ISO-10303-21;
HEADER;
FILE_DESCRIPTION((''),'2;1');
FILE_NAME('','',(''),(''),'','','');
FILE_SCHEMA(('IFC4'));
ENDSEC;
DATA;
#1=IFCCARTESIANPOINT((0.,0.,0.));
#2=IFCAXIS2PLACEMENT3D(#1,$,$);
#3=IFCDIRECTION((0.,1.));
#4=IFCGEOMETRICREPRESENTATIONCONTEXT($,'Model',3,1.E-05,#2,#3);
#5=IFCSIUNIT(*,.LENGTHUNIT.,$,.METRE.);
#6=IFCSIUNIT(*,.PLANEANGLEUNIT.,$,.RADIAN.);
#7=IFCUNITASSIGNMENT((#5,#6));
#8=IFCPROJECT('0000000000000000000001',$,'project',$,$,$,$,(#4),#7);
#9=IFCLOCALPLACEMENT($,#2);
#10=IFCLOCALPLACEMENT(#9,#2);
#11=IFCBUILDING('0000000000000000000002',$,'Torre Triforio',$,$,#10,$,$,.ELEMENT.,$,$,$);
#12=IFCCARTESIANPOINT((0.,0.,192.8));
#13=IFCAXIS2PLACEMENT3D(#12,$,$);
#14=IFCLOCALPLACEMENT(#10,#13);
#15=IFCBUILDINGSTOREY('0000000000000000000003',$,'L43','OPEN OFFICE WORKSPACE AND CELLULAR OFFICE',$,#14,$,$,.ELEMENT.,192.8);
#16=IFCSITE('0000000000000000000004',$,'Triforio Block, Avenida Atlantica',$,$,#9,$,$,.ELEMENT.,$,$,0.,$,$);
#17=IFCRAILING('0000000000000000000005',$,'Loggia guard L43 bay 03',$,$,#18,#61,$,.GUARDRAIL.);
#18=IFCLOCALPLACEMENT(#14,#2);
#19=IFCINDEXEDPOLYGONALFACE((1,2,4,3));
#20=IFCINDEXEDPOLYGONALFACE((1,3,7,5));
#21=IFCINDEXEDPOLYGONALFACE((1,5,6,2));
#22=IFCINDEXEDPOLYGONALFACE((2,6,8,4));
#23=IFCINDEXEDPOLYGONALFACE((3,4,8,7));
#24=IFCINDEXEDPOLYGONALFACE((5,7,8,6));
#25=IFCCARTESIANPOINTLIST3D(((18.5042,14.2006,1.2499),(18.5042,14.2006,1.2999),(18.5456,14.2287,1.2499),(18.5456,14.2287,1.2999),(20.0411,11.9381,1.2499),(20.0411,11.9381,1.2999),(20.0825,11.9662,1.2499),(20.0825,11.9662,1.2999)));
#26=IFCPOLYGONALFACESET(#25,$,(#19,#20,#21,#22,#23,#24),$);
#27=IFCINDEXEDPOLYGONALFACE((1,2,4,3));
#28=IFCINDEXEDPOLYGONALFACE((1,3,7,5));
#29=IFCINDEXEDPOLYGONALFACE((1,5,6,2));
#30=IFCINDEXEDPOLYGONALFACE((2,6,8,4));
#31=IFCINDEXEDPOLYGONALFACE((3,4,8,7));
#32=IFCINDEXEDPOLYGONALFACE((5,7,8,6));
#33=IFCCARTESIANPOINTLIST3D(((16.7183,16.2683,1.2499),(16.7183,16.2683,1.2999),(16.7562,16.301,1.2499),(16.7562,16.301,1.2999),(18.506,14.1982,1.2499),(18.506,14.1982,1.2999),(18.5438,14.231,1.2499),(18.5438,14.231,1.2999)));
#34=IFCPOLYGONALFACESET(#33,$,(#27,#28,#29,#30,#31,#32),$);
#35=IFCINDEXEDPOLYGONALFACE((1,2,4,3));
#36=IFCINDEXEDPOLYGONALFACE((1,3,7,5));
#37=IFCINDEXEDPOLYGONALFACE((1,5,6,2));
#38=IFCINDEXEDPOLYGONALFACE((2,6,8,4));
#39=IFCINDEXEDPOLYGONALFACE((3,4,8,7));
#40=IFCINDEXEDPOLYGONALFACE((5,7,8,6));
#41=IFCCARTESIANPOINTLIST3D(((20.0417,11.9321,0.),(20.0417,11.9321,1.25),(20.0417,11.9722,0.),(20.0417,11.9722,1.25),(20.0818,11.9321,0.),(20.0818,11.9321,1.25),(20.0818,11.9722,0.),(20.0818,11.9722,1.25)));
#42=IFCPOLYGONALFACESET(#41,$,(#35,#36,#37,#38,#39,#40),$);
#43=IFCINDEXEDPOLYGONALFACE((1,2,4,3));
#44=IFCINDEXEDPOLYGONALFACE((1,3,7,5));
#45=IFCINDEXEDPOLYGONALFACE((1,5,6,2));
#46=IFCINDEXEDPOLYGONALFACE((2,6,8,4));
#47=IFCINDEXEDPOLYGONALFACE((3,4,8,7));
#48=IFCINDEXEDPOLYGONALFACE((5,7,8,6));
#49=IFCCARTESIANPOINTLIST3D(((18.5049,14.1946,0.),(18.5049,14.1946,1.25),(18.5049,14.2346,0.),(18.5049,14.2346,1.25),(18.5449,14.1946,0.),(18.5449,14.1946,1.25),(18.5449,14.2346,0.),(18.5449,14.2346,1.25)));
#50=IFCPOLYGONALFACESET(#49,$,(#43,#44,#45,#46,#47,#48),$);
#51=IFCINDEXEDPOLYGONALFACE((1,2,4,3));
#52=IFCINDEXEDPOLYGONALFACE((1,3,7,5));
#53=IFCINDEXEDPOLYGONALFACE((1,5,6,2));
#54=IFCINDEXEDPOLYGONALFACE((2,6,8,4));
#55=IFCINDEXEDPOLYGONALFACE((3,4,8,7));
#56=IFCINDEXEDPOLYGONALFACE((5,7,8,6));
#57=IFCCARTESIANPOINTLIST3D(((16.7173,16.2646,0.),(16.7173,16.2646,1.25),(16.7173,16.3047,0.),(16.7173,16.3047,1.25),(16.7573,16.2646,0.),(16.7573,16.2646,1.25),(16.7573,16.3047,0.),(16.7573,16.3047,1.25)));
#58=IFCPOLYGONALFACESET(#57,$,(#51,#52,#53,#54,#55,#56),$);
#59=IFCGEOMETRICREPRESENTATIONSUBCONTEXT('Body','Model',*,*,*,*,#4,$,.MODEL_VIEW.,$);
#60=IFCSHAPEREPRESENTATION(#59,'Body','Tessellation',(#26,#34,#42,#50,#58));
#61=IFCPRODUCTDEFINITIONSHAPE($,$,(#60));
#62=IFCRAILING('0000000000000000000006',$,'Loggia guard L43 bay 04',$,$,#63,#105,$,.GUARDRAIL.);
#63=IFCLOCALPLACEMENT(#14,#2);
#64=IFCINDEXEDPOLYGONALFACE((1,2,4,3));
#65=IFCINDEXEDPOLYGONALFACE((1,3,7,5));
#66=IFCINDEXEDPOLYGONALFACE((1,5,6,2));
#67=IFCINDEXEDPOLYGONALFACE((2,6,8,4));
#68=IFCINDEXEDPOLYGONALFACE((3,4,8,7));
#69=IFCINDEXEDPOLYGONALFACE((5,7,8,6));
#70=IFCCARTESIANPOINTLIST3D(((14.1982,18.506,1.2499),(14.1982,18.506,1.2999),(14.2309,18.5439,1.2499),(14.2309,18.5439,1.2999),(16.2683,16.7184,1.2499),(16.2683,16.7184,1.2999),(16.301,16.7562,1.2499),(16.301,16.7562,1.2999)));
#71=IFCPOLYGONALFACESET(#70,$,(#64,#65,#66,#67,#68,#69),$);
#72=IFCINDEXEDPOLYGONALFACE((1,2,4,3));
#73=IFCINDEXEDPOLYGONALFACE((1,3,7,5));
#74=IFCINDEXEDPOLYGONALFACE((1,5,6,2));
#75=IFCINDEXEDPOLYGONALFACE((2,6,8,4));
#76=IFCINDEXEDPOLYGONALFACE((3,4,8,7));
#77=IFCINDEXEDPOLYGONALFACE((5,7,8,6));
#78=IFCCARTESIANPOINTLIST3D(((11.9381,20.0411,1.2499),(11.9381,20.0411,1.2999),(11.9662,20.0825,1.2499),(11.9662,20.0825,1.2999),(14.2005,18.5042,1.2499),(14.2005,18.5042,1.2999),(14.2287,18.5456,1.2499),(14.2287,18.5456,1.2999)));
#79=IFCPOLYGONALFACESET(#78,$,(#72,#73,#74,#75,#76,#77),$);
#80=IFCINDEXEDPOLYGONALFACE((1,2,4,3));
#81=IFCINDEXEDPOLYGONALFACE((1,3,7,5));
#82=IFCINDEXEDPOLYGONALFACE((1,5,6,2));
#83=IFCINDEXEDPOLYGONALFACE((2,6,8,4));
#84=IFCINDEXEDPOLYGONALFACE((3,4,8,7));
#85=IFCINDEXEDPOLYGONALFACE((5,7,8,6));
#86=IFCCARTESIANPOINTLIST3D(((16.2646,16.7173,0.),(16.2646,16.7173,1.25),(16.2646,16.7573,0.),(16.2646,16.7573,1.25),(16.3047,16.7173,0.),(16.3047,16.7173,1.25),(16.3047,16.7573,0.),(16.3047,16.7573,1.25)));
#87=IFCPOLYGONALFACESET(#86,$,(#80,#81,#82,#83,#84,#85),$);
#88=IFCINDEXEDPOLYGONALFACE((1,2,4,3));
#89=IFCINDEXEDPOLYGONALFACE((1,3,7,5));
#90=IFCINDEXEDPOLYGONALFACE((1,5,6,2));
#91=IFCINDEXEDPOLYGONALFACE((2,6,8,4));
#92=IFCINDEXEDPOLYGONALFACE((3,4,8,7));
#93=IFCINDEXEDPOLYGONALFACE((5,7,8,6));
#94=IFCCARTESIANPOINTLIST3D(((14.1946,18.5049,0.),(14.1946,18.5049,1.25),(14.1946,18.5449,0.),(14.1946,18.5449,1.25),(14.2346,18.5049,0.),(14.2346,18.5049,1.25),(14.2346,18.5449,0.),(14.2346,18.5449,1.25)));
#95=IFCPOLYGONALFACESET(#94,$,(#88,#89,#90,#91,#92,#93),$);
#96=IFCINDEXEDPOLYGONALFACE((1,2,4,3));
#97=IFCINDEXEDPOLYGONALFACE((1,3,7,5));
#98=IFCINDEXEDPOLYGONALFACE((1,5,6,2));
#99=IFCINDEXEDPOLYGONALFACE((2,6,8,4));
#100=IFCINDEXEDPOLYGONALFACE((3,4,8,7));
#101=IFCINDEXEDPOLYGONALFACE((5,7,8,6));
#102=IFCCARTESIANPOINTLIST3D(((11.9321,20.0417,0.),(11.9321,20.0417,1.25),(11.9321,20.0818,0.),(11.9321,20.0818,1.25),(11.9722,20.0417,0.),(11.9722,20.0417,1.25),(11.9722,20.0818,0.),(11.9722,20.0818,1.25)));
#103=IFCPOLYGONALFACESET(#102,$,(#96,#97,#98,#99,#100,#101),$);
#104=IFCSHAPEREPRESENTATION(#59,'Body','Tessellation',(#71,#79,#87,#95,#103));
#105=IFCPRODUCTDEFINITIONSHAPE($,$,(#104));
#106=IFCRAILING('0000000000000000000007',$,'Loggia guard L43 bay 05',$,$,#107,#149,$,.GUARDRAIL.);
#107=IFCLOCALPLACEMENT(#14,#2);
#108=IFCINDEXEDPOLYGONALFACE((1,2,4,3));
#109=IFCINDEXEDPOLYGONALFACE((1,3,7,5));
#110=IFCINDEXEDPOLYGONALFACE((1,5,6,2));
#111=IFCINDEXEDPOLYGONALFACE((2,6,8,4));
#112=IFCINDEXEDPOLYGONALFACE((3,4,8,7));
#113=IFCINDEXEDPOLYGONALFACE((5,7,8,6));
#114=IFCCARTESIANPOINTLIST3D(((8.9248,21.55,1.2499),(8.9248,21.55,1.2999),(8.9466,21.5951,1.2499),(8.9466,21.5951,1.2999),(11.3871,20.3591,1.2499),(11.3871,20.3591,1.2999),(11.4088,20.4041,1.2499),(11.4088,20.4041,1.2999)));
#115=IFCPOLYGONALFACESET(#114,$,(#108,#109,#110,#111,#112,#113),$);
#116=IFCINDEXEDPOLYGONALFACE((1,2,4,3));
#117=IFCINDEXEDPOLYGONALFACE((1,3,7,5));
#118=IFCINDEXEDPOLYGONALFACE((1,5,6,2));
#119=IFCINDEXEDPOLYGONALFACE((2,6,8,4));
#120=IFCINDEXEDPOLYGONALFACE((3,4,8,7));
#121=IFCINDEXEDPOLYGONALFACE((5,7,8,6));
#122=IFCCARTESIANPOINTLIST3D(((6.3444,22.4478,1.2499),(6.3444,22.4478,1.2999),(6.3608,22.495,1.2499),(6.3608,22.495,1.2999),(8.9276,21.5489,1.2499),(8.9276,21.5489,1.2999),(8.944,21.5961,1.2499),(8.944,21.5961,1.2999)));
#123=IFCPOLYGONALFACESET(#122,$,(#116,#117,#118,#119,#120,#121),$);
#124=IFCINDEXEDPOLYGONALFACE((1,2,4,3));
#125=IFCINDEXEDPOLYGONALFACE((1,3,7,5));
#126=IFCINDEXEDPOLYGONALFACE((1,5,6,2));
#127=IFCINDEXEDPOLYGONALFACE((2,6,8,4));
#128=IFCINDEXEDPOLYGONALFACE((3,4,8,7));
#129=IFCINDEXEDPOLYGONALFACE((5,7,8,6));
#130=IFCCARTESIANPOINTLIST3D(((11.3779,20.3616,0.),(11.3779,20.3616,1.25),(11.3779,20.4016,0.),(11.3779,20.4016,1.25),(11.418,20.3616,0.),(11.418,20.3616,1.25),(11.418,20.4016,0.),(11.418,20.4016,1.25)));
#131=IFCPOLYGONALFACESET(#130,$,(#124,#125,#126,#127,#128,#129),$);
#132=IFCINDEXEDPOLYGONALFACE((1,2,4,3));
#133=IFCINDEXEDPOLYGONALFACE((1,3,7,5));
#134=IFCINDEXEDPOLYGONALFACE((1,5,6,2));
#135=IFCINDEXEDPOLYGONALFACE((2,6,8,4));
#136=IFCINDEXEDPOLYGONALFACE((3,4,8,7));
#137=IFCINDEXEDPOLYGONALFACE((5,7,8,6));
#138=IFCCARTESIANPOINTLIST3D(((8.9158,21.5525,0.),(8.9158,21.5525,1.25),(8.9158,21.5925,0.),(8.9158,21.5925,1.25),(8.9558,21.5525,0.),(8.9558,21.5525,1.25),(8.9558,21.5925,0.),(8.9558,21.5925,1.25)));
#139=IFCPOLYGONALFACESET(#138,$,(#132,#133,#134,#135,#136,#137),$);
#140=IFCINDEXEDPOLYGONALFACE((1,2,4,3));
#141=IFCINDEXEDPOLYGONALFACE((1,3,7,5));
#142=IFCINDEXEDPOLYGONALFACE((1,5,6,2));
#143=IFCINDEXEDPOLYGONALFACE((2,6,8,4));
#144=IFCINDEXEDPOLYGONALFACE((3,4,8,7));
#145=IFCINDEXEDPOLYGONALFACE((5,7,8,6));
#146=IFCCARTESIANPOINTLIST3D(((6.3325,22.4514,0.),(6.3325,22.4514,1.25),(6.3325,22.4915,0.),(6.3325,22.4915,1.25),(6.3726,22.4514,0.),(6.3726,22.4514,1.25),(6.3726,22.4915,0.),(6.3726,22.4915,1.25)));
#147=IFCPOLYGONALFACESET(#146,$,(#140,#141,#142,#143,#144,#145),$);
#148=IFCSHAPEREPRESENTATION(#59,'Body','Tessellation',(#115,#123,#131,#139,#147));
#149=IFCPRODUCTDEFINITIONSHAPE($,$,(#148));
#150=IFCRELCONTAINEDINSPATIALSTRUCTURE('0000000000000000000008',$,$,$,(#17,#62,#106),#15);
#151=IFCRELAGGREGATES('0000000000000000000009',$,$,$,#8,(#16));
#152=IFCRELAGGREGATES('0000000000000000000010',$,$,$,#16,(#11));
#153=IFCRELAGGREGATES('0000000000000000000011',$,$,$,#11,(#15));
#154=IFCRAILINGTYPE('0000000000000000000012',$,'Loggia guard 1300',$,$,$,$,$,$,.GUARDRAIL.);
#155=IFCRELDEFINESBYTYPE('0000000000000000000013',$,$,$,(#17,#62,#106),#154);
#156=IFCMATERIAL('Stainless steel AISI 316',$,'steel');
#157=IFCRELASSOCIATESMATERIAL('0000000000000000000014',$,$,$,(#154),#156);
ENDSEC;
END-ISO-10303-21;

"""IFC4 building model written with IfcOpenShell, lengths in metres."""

from ifc_helpers import new_model, si_unit, direction, frame, origin, origin_2d, place, context, subcontext, project, spatial, rectangle, extrude, material, type_object, element, save


model = new_model("IFC4")

# Units and contexts
model_context = context("Model", 3, precision=1e-05, world=origin(), true_north=direction((0.0, 1.0)))
body_context = subcontext(model_context, "Body", "Model", "MODEL_VIEW")
ifc_project = project(units=[si_unit("LENGTHUNIT", "METRE"), si_unit("PLANEANGLEUNIT", "RADIAN")], contexts=[model_context])

# Site, building, storey
site_placement = place(None, origin())
site = spatial("IfcSite", under=ifc_project, at=site_placement, Name="Triforio Block, Avenida Atlantica", CompositionType="ELEMENT", RefElevation=0.0)
building_placement = place(site_placement, origin())
building = spatial("IfcBuilding", under=site, at=building_placement, Name="Torre Triforio", CompositionType="ELEMENT")
storey_placement = place(building_placement, frame((0.0, 0.0, 192.8)))
storey = spatial("IfcBuildingStorey", under=building, at=storey_placement, Name="L43", Description="OPEN OFFICE WORKSPACE AND CELLULAR OFFICE", CompositionType="ELEMENT", Elevation=192.8)

# Railings
ifc_material_1 = material(Name="Stainless steel AISI 316", Category="steel")
railing_type = type_object("IfcRailingType", Name="Loggia guard 1300", PredefinedType="GUARDRAIL", material=ifc_material_1)
railing_1_placement = place(storey_placement, frame((20.0618, 11.9521, 0.0)))
element("IfcRailing", 1, at=railing_1_placement, inside=storey, type_object=railing_type, Name="Loggia guard L43 bay 03", PredefinedType="GUARDRAIL", context=body_context, shape_type="SweptSolid", body=[
    extrude(rectangle(XDim=0.05, YDim=0.05, at=origin_2d()), frame((0.0, 0.0, 1.2749), z_axis=(-0.56191, 0.827199, 0.0), x_axis=(-0.827199, -0.56191, 0.0)), (0.0, 0.0, 1.0), 2.7351),
    extrude(rectangle(XDim=0.05, YDim=0.05, at=origin_2d()), frame((-1.5369, 2.2625, 1.2749), z_axis=(-0.65358, 0.756857, 0.0), x_axis=(-0.756857, -0.65358, 0.0)), (0.0, 0.0, 1.0), 2.7351),
    extrude(rectangle(XDim=0.04, YDim=0.04, at=origin_2d()), origin(), (0.0, 0.0, 1.0), 1.25),
    extrude(rectangle(XDim=0.04, YDim=0.04, at=origin_2d()), frame((-1.5369, 2.2625, 0.0)), (0.0, 0.0, 1.0), 1.25),
    extrude(rectangle(XDim=0.04, YDim=0.04, at=origin_2d()), frame((-3.3245, 4.3325, 0.0)), (0.0, 0.0, 1.0), 1.25),
])
railing_2_placement = place(storey_placement, frame((16.2847, 16.7373, 0.0)))
element("IfcRailing", 2, at=railing_2_placement, inside=storey, type_object=railing_type, Name="Loggia guard L43 bay 04", PredefinedType="GUARDRAIL", context=body_context, shape_type="SweptSolid", body=[
    extrude(rectangle(XDim=0.05, YDim=0.05, at=origin_2d()), frame((0.0, 0.0, 1.2749), z_axis=(-0.756857, 0.65358, 0.0), x_axis=(-0.65358, -0.756857, 0.0)), (0.0, 0.0, 1.0), 2.7351),
    extrude(rectangle(XDim=0.05, YDim=0.05, at=origin_2d()), frame((-2.0701, 1.7876, 1.2749), z_axis=(-0.827199, 0.56191, 0.0), x_axis=(-0.56191, -0.827199, 0.0)), (0.0, 0.0, 1.0), 2.7351),
    extrude(rectangle(XDim=0.04, YDim=0.04, at=origin_2d()), origin(), (0.0, 0.0, 1.0), 1.25),
    extrude(rectangle(XDim=0.04, YDim=0.04, at=origin_2d()), frame((-2.0701, 1.7876, 0.0)), (0.0, 0.0, 1.0), 1.25),
    extrude(rectangle(XDim=0.04, YDim=0.04, at=origin_2d()), frame((-4.3325, 3.3245, 0.0)), (0.0, 0.0, 1.0), 1.25),
])
railing_3_placement = place(storey_placement, frame((11.3979, 20.3816, 0.0)))
element("IfcRailing", 3, at=railing_3_placement, inside=storey, type_object=railing_type, Name="Loggia guard L43 bay 05", PredefinedType="GUARDRAIL", context=body_context, shape_type="SweptSolid", body=[
    extrude(rectangle(XDim=0.05, YDim=0.05, at=origin_2d()), frame((0.0, 0.0, 1.2749), z_axis=(-0.900224, 0.435428, 0.0), x_axis=(-0.435428, -0.900224, 0.0)), (0.0, 0.0, 1.0), 2.7351),
    extrude(rectangle(XDim=0.05, YDim=0.05, at=origin_2d()), frame((-2.4622, 1.1909, 1.2749), z_axis=(-0.944451, 0.328652, 0.0), x_axis=(-0.328652, -0.944451, 0.0)), (0.0, 0.0, 1.0), 2.7351),
    extrude(rectangle(XDim=0.04, YDim=0.04, at=origin_2d()), origin(), (0.0, 0.0, 1.0), 1.25),
    extrude(rectangle(XDim=0.04, YDim=0.04, at=origin_2d()), frame((-2.4622, 1.1909, 0.0)), (0.0, 0.0, 1.0), 1.25),
    extrude(rectangle(XDim=0.04, YDim=0.04, at=origin_2d()), frame((-5.0454, 2.0898, 0.0)), (0.0, 0.0, 1.0), 1.25),
])

save(model, "model.ifc")
